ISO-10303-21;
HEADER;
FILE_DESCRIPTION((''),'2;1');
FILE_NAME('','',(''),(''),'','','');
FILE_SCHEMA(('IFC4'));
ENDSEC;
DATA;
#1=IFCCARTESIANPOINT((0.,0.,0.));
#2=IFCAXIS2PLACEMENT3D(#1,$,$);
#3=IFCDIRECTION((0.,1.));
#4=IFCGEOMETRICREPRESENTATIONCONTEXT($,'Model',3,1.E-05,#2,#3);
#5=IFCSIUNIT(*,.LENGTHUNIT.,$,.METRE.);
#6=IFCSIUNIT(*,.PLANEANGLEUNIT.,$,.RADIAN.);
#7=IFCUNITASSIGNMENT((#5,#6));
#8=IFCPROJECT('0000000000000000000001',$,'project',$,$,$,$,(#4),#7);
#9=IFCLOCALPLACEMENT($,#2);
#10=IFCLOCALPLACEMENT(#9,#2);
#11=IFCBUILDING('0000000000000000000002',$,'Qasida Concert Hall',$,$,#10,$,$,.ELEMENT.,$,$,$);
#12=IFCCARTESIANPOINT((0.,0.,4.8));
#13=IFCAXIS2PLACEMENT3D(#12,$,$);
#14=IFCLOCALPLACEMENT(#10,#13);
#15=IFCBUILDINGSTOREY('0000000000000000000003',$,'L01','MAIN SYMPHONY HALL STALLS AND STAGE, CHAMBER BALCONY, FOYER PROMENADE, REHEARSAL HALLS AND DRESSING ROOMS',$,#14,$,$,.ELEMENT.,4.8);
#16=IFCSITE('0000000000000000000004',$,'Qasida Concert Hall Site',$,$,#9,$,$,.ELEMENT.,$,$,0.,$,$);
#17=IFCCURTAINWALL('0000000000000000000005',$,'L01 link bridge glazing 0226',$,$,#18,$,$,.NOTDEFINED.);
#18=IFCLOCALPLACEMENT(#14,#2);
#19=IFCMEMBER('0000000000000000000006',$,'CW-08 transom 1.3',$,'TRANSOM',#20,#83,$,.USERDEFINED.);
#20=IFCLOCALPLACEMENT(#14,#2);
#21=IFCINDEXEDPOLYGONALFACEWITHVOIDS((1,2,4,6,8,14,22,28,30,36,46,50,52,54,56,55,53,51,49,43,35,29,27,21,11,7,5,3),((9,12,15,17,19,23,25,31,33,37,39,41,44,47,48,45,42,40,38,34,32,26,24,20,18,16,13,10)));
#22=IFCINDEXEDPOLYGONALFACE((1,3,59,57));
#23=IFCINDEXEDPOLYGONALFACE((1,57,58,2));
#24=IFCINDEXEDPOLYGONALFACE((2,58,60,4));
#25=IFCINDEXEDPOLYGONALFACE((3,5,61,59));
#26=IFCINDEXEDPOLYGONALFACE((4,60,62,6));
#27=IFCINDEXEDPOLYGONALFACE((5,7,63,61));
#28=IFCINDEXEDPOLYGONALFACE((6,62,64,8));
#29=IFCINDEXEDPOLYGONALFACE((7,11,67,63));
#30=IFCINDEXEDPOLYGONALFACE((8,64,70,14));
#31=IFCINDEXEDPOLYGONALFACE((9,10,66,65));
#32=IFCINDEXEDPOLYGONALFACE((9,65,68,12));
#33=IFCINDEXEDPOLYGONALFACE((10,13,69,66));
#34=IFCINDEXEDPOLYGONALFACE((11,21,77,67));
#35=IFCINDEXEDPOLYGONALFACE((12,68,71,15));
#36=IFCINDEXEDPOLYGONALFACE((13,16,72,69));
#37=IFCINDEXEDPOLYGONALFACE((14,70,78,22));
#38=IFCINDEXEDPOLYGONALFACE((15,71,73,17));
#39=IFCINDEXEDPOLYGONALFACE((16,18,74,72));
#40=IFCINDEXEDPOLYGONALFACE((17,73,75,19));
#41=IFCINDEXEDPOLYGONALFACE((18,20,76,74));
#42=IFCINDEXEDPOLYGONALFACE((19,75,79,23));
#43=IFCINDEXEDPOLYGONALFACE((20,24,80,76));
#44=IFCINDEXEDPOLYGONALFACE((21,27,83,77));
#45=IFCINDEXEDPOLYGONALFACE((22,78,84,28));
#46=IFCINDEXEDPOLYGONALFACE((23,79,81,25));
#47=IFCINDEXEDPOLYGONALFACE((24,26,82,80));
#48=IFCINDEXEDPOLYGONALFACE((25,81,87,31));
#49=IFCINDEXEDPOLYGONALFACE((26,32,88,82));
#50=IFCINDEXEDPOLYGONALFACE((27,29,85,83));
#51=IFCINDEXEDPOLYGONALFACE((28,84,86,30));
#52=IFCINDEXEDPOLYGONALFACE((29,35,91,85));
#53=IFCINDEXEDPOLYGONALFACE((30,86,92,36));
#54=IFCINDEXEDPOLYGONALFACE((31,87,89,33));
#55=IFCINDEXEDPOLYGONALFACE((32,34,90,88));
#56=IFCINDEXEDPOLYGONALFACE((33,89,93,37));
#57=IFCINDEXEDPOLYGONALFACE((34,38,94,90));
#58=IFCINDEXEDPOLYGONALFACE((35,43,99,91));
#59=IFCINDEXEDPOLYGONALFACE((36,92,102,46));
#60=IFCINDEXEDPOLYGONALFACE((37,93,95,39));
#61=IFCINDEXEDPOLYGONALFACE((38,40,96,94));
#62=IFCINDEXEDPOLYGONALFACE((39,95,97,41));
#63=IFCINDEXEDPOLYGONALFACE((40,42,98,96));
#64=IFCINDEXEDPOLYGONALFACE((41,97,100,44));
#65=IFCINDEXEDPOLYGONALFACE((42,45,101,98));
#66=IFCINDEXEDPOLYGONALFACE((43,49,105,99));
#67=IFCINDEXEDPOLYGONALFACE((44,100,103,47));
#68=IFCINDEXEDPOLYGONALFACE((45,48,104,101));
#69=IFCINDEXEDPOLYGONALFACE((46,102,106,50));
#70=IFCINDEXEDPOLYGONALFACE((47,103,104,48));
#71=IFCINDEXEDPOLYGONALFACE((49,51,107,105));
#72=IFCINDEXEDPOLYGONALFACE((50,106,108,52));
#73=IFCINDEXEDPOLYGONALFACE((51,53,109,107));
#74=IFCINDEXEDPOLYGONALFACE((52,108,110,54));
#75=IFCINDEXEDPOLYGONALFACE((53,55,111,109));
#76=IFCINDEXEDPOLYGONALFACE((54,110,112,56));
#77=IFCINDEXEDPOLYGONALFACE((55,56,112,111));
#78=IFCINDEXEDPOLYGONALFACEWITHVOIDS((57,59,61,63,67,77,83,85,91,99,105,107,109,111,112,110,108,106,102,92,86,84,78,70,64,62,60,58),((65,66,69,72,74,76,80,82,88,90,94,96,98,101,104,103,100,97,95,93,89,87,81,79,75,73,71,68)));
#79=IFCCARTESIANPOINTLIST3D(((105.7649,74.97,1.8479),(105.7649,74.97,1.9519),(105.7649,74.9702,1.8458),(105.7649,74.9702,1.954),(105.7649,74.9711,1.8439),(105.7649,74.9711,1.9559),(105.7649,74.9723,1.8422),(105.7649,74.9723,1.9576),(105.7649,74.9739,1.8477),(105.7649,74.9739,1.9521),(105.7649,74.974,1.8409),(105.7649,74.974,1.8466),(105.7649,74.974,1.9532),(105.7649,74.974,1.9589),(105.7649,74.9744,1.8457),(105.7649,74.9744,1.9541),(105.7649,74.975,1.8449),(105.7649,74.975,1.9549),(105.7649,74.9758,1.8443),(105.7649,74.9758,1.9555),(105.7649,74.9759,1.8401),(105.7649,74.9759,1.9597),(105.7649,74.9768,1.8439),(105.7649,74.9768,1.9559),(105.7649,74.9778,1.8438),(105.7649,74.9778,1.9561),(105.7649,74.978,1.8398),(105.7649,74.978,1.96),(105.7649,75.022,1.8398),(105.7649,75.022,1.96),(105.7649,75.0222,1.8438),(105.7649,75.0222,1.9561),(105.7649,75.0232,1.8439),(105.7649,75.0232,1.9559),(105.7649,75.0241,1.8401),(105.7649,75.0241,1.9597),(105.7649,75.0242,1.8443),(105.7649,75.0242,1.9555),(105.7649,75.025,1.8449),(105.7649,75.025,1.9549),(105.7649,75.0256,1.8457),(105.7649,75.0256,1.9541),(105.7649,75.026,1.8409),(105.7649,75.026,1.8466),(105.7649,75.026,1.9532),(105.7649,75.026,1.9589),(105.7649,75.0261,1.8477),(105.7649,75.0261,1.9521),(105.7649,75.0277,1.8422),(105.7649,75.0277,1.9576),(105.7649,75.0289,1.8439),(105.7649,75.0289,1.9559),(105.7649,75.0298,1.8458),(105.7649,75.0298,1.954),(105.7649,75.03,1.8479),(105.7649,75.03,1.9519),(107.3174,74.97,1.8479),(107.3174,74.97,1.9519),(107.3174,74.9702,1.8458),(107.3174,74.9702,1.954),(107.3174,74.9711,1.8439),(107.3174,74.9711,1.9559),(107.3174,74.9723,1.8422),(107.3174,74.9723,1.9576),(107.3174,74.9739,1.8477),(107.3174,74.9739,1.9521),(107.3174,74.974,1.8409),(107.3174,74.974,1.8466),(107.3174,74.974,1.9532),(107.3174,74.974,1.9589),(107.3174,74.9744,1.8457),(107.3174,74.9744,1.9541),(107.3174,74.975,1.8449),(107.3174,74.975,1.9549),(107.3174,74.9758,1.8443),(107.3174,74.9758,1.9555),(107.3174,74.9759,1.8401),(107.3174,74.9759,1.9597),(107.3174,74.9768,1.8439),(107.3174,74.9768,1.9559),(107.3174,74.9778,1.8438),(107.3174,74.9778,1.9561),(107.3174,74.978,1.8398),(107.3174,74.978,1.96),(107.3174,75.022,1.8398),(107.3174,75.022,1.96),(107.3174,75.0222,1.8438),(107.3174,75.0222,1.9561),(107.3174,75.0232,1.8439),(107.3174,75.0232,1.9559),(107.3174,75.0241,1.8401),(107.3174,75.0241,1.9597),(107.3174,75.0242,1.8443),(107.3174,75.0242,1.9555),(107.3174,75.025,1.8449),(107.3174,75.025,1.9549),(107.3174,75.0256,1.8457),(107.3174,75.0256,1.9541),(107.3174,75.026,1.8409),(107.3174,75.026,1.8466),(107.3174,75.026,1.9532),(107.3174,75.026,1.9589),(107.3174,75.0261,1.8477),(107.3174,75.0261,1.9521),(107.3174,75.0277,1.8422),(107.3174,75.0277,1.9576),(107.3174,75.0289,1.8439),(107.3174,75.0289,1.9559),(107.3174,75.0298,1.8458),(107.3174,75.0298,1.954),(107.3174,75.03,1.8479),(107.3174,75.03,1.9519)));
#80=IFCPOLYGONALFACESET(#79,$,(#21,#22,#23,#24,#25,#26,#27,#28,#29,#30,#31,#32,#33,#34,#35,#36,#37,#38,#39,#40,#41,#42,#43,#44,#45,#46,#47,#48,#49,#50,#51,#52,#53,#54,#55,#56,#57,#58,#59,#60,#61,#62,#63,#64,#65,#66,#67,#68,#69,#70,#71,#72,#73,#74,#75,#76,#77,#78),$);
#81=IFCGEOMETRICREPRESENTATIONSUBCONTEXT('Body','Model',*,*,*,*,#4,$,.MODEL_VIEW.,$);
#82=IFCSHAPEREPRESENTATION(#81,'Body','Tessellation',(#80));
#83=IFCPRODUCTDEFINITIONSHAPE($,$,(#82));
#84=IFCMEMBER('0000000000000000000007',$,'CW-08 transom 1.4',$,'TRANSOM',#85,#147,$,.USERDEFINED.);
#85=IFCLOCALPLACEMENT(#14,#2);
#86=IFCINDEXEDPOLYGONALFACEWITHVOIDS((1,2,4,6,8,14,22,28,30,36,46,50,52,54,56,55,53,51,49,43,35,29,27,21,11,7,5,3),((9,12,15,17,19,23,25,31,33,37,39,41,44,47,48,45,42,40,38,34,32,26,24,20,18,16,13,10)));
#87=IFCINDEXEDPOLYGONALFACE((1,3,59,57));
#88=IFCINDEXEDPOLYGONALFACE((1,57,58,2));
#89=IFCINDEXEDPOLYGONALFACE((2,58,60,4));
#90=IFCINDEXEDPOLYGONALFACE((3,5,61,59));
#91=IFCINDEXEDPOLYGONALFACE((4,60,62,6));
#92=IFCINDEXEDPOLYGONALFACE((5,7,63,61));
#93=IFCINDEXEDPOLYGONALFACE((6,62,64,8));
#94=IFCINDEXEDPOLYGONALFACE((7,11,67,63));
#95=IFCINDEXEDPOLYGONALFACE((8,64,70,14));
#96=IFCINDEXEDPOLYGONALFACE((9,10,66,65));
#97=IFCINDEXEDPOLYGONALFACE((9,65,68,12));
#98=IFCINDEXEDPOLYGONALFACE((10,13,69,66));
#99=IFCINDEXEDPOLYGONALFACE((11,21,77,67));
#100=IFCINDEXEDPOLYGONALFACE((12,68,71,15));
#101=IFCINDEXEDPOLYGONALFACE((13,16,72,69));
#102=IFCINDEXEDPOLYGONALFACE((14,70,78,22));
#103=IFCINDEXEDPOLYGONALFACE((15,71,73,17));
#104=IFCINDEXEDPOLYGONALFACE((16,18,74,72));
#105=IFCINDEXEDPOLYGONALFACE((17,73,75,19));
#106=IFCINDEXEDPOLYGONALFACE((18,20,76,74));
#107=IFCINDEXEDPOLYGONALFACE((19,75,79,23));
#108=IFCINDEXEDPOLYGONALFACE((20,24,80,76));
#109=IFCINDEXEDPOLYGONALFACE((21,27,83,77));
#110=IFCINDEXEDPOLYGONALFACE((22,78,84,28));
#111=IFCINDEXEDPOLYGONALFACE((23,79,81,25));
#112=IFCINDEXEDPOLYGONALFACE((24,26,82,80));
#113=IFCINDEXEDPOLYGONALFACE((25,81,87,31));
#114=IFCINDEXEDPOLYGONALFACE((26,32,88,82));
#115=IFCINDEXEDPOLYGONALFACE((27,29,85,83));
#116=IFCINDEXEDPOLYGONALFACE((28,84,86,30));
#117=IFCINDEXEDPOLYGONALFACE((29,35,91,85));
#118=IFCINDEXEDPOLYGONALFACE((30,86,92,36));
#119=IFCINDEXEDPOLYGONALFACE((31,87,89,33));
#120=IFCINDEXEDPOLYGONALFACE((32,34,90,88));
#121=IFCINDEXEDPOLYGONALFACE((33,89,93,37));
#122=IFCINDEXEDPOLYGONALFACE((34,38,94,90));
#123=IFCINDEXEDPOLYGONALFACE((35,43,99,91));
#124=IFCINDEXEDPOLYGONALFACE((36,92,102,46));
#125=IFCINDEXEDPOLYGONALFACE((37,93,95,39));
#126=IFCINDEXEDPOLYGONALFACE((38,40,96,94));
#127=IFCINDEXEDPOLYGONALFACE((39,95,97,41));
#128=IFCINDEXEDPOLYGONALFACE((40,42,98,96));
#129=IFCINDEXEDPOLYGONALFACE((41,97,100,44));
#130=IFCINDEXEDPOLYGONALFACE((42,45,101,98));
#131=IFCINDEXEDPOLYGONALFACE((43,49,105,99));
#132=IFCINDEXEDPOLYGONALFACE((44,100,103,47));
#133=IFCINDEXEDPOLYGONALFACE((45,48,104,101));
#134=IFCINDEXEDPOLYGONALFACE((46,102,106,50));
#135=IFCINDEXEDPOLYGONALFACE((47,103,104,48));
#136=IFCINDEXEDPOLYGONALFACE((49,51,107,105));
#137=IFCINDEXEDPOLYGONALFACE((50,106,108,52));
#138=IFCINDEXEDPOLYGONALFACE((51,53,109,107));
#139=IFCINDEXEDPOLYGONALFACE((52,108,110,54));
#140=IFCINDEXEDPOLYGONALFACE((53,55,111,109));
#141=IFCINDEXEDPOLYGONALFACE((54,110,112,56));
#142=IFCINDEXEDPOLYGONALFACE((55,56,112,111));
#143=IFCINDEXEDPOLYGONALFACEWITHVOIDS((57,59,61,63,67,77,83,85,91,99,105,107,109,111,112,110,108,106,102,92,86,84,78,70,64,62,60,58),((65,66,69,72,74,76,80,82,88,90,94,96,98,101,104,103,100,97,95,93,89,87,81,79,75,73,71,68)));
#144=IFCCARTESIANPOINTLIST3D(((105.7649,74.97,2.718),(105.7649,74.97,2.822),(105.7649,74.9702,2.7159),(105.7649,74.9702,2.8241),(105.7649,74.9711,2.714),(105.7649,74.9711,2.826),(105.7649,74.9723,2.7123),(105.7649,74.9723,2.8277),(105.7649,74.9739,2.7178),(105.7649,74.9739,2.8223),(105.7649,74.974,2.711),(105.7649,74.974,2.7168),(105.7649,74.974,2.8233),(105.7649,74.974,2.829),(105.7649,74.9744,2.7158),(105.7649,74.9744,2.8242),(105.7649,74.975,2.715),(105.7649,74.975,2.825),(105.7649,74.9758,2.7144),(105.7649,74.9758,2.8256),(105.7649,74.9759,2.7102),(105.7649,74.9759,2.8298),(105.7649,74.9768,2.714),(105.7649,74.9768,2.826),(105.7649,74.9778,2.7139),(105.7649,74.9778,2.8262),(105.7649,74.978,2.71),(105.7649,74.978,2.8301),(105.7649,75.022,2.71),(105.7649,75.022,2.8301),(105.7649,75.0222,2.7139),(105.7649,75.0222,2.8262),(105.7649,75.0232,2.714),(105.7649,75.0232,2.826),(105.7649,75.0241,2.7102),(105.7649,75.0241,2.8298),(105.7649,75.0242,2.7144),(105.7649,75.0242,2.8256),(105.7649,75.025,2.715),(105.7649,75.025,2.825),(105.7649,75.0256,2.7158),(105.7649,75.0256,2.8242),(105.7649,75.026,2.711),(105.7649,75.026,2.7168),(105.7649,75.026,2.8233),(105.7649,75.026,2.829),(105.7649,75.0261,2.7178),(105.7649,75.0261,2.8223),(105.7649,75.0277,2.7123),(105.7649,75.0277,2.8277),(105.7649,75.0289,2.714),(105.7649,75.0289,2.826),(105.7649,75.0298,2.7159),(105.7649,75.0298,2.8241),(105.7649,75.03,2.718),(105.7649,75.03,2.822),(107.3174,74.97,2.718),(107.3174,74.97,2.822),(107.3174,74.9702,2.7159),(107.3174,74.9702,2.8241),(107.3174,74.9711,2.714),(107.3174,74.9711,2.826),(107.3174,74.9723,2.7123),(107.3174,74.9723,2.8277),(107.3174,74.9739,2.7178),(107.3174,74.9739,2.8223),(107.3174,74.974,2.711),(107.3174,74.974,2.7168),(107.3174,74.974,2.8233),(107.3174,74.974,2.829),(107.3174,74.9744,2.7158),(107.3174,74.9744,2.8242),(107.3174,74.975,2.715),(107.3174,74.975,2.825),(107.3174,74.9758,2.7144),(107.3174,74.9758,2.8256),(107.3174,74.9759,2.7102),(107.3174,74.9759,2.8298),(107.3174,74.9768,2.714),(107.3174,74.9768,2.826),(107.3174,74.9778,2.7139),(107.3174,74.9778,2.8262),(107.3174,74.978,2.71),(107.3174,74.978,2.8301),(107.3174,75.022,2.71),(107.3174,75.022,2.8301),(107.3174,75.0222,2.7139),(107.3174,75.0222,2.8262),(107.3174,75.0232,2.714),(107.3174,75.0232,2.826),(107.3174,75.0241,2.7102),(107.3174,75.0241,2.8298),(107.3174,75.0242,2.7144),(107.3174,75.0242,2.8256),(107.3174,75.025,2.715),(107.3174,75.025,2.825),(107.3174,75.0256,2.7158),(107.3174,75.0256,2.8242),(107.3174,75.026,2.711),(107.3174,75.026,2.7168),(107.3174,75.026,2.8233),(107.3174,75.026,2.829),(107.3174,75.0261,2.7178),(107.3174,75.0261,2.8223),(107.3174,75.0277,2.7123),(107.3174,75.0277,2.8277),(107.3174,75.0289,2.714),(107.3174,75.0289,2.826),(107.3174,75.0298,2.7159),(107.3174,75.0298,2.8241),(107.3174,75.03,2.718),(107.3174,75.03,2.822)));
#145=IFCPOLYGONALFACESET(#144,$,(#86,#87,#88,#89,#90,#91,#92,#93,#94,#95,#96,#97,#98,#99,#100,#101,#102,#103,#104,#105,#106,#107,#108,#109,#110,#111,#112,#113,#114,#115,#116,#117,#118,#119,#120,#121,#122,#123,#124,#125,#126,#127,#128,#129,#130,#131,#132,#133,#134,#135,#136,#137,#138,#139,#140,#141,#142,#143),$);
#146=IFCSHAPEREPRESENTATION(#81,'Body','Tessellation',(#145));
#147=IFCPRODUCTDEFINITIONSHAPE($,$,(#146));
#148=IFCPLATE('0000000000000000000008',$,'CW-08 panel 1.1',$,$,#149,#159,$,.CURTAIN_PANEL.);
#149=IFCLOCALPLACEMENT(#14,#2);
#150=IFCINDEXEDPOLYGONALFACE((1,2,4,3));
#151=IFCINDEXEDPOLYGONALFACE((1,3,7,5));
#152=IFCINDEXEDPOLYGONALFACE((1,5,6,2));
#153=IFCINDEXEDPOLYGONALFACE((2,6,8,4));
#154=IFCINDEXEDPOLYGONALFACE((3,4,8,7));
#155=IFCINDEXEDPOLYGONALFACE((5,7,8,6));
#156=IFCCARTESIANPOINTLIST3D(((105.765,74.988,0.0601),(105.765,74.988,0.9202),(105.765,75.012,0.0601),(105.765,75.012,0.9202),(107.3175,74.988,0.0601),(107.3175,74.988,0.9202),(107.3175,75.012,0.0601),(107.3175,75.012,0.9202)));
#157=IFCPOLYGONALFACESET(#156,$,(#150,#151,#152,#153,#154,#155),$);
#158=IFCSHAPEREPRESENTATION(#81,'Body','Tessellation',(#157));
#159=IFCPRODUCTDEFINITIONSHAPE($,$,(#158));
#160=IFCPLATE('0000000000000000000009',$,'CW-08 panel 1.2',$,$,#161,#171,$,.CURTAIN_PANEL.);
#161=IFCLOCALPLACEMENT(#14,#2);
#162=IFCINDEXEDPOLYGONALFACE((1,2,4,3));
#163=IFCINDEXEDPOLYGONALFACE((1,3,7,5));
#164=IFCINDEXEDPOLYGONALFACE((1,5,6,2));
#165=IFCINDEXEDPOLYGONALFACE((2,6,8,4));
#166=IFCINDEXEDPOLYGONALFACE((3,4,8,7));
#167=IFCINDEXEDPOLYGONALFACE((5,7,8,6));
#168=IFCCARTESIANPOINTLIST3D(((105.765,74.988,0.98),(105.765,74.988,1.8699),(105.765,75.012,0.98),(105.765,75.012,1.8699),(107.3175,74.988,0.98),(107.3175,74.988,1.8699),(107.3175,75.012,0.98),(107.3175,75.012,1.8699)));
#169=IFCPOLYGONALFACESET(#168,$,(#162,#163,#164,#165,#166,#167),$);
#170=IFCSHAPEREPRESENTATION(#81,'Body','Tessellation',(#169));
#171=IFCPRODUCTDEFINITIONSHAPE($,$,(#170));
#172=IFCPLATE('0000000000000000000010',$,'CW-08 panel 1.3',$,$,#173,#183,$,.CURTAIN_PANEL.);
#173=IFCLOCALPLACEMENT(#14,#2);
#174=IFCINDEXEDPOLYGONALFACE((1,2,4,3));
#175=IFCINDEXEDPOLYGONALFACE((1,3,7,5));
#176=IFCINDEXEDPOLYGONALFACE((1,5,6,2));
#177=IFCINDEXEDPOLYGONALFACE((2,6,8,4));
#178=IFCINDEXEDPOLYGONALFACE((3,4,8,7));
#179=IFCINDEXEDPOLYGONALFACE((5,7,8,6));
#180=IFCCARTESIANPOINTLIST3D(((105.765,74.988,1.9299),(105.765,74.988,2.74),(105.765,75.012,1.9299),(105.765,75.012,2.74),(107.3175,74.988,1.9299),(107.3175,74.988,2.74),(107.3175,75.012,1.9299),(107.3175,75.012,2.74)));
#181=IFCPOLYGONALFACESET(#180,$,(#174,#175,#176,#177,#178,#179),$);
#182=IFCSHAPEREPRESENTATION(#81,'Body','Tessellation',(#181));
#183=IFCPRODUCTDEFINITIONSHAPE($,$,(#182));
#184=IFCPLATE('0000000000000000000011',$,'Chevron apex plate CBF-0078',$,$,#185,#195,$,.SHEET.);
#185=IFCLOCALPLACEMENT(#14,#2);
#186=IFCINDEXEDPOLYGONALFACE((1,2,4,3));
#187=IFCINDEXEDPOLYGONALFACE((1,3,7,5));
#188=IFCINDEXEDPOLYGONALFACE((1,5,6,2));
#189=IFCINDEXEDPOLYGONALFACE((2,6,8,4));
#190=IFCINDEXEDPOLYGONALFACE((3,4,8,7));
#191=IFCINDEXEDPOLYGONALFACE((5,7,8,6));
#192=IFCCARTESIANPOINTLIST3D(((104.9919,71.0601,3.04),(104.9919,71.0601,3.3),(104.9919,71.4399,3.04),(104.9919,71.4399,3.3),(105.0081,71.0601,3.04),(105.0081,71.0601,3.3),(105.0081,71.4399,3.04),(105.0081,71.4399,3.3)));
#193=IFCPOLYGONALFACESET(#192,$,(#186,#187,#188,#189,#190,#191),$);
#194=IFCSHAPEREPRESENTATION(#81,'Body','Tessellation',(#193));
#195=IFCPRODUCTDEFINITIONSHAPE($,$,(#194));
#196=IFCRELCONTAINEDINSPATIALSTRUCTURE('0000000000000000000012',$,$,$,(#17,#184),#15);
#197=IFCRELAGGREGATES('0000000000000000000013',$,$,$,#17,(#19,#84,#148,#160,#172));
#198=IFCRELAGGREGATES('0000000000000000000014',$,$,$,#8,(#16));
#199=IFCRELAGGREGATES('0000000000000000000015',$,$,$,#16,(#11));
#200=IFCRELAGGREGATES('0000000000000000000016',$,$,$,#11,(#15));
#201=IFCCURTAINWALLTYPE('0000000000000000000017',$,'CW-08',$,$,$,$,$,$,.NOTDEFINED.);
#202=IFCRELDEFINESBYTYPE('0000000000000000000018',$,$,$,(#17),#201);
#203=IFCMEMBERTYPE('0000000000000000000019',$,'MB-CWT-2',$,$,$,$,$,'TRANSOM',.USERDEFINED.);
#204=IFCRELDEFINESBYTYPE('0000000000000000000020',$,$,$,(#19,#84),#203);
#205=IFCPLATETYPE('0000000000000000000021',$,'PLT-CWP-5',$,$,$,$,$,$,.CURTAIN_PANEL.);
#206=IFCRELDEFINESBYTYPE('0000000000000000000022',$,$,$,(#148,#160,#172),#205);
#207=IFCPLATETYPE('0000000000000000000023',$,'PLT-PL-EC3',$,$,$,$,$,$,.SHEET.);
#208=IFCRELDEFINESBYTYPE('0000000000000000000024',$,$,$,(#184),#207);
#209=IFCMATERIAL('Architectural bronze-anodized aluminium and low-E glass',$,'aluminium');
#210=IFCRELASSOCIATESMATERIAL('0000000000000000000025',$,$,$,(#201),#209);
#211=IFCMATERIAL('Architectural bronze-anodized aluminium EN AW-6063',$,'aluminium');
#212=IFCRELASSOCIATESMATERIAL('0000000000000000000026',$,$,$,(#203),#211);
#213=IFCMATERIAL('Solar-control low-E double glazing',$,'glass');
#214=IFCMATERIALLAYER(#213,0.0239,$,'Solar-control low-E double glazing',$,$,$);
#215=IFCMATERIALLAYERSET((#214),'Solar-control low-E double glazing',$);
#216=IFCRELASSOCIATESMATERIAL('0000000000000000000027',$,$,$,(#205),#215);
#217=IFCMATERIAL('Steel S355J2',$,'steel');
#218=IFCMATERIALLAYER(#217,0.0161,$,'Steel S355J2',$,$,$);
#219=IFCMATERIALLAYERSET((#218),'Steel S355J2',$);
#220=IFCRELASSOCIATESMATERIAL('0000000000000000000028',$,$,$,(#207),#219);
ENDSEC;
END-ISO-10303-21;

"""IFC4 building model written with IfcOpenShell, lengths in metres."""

from ifc_helpers import new_model, si_unit, direction, frame, origin, origin_2d, place, context, subcontext, project, spatial, rectangle, hollow_rectangle, extrude, material, layer, layer_set, material_profile, profile_set, type_object, element, aggregate, save


model = new_model("IFC4")

# Units and contexts
model_context = context("Model", 3, precision=1e-05, world=origin(), true_north=direction((0.0, 1.0)))
body_context = subcontext(model_context, "Body", "Model", "MODEL_VIEW")
ifc_project = project(units=[si_unit("LENGTHUNIT", "METRE"), si_unit("PLANEANGLEUNIT", "RADIAN")], contexts=[model_context])

# Site, building, storey
site_placement = place(None, origin())
site = spatial("IfcSite", under=ifc_project, at=site_placement, Name="Qasida Concert Hall Site", CompositionType="ELEMENT", RefElevation=0.0)
building_placement = place(site_placement, origin())
building = spatial("IfcBuilding", under=site, at=building_placement, Name="Qasida Concert Hall", CompositionType="ELEMENT")
storey_placement = place(building_placement, frame((0.0, 0.0, 4.8)))
storey = spatial("IfcBuildingStorey", under=building, at=storey_placement, Name="L01", Description="MAIN SYMPHONY HALL STALLS AND STAGE, CHAMBER BALCONY, FOYER PROMENADE, REHEARSAL HALLS AND DRESSING ROOMS", CompositionType="ELEMENT", Elevation=4.8)

# Shared definitions
ifc_material_1 = material(Name="Steel S355J2", Category="steel")

# Shared definitions
ifc_material_2 = material(Name="Architectural bronze-anodized aluminium and low-E glass", Category="aluminium")
ifc_material_3 = material(Name="Architectural bronze-anodized aluminium EN AW-6063", Category="aluminium")

# Curtain wall, members, plates
curtain_wall_type_1 = type_object("IfcCurtainWallType", Name="CW-08", PredefinedType="NOTDEFINED", material=ifc_material_2)
curtain_wall_1_placement = place(storey_placement, origin())
curtain_wall_1 = element("IfcCurtainWall", 1, at=curtain_wall_1_placement, inside=storey, type_object=curtain_wall_type_1, Name="L01 link bridge glazing 0226", PredefinedType="NOTDEFINED")
ifc_material_profile_1 = material_profile(ifc_material_3, hollow_rectangle(XDim=0.0601, YDim=0.1201, WallThickness=0.0039, InnerFilletRadius=0.0039, OuterFilletRadius=0.0081, at=origin_2d()), Name="CWT 120x60x4")
ifc_profile_set_1 = profile_set([ifc_material_profile_1], Name="Architectural bronze-anodized aluminium EN AW-6063")
member_type_1 = type_object("IfcMemberType", Name="MB-CWT-2", ElementType="TRANSOM", PredefinedType="USERDEFINED", material=ifc_profile_set_1)
member_1_placement = place(storey_placement, frame((105.7649, 75.0, 1.8999), z_axis=(1.0, 0.0, 0.0), x_axis=(0.0, 1.0, 0.0)))
member_1 = element("IfcMember", 2, at=member_1_placement, type_object=member_type_1, Name="CW-08 transom 1.3", ObjectType="TRANSOM", PredefinedType="USERDEFINED", context=body_context, shape_type="SweptSolid", body=[
    extrude(hollow_rectangle(XDim=0.0601, YDim=0.1201, WallThickness=0.0039, InnerFilletRadius=0.0039, OuterFilletRadius=0.0081, at=origin_2d()), origin(), (0.0, 0.0, 1.0), 1.5525),
])
member_2_placement = place(storey_placement, frame((105.7649, 75.0, 2.77), z_axis=(1.0, 0.0, 0.0), x_axis=(0.0, 1.0, 0.0)))
member_2 = element("IfcMember", 3, at=member_2_placement, type_object=member_type_1, Name="CW-08 transom 1.4", ObjectType="TRANSOM", PredefinedType="USERDEFINED", context=body_context, shape_type="SweptSolid", body=[
    extrude(hollow_rectangle(XDim=0.0601, YDim=0.1201, WallThickness=0.0039, InnerFilletRadius=0.0039, OuterFilletRadius=0.0081, at=origin_2d()), origin(), (0.0, 0.0, 1.0), 1.5525),
])
ifc_material_4 = material(Name="Solar-control low-E double glazing", Category="glass")
ifc_layer_1 = layer(ifc_material_4, 0.0239, Name="Solar-control low-E double glazing")
ifc_layer_set_1 = layer_set([ifc_layer_1], Name="Solar-control low-E double glazing")
plate_type_1 = type_object("IfcPlateType", Name="PLT-CWP-5", PredefinedType="CURTAIN_PANEL", material=ifc_layer_set_1)
plate_1_placement = place(storey_placement, frame((106.5413, 75.0, 0.0601), z_axis=(0.0, 0.0, 1.0), x_axis=(1.0, 0.0, 0.0)))
plate_1 = element("IfcPlate", 4, at=plate_1_placement, type_object=plate_type_1, Name="CW-08 panel 1.1", PredefinedType="CURTAIN_PANEL", context=body_context, shape_type="SweptSolid", body=[
    extrude(rectangle(XDim=1.5525, YDim=0.0239, at=origin_2d()), origin(), (0.0, 0.0, 1.0), 0.8601),
])
plate_2_placement = place(storey_placement, frame((106.5413, 75.0, 0.98), z_axis=(0.0, 0.0, 1.0), x_axis=(1.0, 0.0, 0.0)))
plate_2 = element("IfcPlate", 5, at=plate_2_placement, type_object=plate_type_1, Name="CW-08 panel 1.2", PredefinedType="CURTAIN_PANEL", context=body_context, shape_type="SweptSolid", body=[
    extrude(rectangle(XDim=1.5525, YDim=0.0239, at=origin_2d()), origin(), (0.0, 0.0, 1.0), 0.8899),
])
plate_3_placement = place(storey_placement, frame((106.5413, 75.0, 1.9299), z_axis=(0.0, 0.0, 1.0), x_axis=(1.0, 0.0, 0.0)))
plate_3 = element("IfcPlate", 6, at=plate_3_placement, type_object=plate_type_1, Name="CW-08 panel 1.3", PredefinedType="CURTAIN_PANEL", context=body_context, shape_type="SweptSolid", body=[
    extrude(rectangle(XDim=1.5525, YDim=0.0239, at=origin_2d()), origin(), (0.0, 0.0, 1.0), 0.8101),
])
aggregate(curtain_wall_1, [member_1, member_2, plate_1, plate_2, plate_3])

# Plate
ifc_layer_2 = layer(ifc_material_1, 0.0161, Name="Steel S355J2")
ifc_layer_set_2 = layer_set([ifc_layer_2], Name="Steel S355J2")
plate_type_2 = type_object("IfcPlateType", Name="PLT-PL-EC3", PredefinedType="SHEET", material=ifc_layer_set_2)
plate_4_placement = place(storey_placement, frame((105.0, 71.25, 3.04), z_axis=(0.0, 0.0, 1.0), x_axis=(0.0, 1.0, 0.0)))
element("IfcPlate", 7, at=plate_4_placement, inside=storey, type_object=plate_type_2, Name="Chevron apex plate CBF-0078", PredefinedType="SHEET", context=body_context, shape_type="SweptSolid", body=[
    extrude(rectangle(XDim=0.3799, YDim=0.0161, at=origin_2d()), origin(), (0.0, 0.0, 1.0), 0.26),
])

save(model, "model.ifc")
